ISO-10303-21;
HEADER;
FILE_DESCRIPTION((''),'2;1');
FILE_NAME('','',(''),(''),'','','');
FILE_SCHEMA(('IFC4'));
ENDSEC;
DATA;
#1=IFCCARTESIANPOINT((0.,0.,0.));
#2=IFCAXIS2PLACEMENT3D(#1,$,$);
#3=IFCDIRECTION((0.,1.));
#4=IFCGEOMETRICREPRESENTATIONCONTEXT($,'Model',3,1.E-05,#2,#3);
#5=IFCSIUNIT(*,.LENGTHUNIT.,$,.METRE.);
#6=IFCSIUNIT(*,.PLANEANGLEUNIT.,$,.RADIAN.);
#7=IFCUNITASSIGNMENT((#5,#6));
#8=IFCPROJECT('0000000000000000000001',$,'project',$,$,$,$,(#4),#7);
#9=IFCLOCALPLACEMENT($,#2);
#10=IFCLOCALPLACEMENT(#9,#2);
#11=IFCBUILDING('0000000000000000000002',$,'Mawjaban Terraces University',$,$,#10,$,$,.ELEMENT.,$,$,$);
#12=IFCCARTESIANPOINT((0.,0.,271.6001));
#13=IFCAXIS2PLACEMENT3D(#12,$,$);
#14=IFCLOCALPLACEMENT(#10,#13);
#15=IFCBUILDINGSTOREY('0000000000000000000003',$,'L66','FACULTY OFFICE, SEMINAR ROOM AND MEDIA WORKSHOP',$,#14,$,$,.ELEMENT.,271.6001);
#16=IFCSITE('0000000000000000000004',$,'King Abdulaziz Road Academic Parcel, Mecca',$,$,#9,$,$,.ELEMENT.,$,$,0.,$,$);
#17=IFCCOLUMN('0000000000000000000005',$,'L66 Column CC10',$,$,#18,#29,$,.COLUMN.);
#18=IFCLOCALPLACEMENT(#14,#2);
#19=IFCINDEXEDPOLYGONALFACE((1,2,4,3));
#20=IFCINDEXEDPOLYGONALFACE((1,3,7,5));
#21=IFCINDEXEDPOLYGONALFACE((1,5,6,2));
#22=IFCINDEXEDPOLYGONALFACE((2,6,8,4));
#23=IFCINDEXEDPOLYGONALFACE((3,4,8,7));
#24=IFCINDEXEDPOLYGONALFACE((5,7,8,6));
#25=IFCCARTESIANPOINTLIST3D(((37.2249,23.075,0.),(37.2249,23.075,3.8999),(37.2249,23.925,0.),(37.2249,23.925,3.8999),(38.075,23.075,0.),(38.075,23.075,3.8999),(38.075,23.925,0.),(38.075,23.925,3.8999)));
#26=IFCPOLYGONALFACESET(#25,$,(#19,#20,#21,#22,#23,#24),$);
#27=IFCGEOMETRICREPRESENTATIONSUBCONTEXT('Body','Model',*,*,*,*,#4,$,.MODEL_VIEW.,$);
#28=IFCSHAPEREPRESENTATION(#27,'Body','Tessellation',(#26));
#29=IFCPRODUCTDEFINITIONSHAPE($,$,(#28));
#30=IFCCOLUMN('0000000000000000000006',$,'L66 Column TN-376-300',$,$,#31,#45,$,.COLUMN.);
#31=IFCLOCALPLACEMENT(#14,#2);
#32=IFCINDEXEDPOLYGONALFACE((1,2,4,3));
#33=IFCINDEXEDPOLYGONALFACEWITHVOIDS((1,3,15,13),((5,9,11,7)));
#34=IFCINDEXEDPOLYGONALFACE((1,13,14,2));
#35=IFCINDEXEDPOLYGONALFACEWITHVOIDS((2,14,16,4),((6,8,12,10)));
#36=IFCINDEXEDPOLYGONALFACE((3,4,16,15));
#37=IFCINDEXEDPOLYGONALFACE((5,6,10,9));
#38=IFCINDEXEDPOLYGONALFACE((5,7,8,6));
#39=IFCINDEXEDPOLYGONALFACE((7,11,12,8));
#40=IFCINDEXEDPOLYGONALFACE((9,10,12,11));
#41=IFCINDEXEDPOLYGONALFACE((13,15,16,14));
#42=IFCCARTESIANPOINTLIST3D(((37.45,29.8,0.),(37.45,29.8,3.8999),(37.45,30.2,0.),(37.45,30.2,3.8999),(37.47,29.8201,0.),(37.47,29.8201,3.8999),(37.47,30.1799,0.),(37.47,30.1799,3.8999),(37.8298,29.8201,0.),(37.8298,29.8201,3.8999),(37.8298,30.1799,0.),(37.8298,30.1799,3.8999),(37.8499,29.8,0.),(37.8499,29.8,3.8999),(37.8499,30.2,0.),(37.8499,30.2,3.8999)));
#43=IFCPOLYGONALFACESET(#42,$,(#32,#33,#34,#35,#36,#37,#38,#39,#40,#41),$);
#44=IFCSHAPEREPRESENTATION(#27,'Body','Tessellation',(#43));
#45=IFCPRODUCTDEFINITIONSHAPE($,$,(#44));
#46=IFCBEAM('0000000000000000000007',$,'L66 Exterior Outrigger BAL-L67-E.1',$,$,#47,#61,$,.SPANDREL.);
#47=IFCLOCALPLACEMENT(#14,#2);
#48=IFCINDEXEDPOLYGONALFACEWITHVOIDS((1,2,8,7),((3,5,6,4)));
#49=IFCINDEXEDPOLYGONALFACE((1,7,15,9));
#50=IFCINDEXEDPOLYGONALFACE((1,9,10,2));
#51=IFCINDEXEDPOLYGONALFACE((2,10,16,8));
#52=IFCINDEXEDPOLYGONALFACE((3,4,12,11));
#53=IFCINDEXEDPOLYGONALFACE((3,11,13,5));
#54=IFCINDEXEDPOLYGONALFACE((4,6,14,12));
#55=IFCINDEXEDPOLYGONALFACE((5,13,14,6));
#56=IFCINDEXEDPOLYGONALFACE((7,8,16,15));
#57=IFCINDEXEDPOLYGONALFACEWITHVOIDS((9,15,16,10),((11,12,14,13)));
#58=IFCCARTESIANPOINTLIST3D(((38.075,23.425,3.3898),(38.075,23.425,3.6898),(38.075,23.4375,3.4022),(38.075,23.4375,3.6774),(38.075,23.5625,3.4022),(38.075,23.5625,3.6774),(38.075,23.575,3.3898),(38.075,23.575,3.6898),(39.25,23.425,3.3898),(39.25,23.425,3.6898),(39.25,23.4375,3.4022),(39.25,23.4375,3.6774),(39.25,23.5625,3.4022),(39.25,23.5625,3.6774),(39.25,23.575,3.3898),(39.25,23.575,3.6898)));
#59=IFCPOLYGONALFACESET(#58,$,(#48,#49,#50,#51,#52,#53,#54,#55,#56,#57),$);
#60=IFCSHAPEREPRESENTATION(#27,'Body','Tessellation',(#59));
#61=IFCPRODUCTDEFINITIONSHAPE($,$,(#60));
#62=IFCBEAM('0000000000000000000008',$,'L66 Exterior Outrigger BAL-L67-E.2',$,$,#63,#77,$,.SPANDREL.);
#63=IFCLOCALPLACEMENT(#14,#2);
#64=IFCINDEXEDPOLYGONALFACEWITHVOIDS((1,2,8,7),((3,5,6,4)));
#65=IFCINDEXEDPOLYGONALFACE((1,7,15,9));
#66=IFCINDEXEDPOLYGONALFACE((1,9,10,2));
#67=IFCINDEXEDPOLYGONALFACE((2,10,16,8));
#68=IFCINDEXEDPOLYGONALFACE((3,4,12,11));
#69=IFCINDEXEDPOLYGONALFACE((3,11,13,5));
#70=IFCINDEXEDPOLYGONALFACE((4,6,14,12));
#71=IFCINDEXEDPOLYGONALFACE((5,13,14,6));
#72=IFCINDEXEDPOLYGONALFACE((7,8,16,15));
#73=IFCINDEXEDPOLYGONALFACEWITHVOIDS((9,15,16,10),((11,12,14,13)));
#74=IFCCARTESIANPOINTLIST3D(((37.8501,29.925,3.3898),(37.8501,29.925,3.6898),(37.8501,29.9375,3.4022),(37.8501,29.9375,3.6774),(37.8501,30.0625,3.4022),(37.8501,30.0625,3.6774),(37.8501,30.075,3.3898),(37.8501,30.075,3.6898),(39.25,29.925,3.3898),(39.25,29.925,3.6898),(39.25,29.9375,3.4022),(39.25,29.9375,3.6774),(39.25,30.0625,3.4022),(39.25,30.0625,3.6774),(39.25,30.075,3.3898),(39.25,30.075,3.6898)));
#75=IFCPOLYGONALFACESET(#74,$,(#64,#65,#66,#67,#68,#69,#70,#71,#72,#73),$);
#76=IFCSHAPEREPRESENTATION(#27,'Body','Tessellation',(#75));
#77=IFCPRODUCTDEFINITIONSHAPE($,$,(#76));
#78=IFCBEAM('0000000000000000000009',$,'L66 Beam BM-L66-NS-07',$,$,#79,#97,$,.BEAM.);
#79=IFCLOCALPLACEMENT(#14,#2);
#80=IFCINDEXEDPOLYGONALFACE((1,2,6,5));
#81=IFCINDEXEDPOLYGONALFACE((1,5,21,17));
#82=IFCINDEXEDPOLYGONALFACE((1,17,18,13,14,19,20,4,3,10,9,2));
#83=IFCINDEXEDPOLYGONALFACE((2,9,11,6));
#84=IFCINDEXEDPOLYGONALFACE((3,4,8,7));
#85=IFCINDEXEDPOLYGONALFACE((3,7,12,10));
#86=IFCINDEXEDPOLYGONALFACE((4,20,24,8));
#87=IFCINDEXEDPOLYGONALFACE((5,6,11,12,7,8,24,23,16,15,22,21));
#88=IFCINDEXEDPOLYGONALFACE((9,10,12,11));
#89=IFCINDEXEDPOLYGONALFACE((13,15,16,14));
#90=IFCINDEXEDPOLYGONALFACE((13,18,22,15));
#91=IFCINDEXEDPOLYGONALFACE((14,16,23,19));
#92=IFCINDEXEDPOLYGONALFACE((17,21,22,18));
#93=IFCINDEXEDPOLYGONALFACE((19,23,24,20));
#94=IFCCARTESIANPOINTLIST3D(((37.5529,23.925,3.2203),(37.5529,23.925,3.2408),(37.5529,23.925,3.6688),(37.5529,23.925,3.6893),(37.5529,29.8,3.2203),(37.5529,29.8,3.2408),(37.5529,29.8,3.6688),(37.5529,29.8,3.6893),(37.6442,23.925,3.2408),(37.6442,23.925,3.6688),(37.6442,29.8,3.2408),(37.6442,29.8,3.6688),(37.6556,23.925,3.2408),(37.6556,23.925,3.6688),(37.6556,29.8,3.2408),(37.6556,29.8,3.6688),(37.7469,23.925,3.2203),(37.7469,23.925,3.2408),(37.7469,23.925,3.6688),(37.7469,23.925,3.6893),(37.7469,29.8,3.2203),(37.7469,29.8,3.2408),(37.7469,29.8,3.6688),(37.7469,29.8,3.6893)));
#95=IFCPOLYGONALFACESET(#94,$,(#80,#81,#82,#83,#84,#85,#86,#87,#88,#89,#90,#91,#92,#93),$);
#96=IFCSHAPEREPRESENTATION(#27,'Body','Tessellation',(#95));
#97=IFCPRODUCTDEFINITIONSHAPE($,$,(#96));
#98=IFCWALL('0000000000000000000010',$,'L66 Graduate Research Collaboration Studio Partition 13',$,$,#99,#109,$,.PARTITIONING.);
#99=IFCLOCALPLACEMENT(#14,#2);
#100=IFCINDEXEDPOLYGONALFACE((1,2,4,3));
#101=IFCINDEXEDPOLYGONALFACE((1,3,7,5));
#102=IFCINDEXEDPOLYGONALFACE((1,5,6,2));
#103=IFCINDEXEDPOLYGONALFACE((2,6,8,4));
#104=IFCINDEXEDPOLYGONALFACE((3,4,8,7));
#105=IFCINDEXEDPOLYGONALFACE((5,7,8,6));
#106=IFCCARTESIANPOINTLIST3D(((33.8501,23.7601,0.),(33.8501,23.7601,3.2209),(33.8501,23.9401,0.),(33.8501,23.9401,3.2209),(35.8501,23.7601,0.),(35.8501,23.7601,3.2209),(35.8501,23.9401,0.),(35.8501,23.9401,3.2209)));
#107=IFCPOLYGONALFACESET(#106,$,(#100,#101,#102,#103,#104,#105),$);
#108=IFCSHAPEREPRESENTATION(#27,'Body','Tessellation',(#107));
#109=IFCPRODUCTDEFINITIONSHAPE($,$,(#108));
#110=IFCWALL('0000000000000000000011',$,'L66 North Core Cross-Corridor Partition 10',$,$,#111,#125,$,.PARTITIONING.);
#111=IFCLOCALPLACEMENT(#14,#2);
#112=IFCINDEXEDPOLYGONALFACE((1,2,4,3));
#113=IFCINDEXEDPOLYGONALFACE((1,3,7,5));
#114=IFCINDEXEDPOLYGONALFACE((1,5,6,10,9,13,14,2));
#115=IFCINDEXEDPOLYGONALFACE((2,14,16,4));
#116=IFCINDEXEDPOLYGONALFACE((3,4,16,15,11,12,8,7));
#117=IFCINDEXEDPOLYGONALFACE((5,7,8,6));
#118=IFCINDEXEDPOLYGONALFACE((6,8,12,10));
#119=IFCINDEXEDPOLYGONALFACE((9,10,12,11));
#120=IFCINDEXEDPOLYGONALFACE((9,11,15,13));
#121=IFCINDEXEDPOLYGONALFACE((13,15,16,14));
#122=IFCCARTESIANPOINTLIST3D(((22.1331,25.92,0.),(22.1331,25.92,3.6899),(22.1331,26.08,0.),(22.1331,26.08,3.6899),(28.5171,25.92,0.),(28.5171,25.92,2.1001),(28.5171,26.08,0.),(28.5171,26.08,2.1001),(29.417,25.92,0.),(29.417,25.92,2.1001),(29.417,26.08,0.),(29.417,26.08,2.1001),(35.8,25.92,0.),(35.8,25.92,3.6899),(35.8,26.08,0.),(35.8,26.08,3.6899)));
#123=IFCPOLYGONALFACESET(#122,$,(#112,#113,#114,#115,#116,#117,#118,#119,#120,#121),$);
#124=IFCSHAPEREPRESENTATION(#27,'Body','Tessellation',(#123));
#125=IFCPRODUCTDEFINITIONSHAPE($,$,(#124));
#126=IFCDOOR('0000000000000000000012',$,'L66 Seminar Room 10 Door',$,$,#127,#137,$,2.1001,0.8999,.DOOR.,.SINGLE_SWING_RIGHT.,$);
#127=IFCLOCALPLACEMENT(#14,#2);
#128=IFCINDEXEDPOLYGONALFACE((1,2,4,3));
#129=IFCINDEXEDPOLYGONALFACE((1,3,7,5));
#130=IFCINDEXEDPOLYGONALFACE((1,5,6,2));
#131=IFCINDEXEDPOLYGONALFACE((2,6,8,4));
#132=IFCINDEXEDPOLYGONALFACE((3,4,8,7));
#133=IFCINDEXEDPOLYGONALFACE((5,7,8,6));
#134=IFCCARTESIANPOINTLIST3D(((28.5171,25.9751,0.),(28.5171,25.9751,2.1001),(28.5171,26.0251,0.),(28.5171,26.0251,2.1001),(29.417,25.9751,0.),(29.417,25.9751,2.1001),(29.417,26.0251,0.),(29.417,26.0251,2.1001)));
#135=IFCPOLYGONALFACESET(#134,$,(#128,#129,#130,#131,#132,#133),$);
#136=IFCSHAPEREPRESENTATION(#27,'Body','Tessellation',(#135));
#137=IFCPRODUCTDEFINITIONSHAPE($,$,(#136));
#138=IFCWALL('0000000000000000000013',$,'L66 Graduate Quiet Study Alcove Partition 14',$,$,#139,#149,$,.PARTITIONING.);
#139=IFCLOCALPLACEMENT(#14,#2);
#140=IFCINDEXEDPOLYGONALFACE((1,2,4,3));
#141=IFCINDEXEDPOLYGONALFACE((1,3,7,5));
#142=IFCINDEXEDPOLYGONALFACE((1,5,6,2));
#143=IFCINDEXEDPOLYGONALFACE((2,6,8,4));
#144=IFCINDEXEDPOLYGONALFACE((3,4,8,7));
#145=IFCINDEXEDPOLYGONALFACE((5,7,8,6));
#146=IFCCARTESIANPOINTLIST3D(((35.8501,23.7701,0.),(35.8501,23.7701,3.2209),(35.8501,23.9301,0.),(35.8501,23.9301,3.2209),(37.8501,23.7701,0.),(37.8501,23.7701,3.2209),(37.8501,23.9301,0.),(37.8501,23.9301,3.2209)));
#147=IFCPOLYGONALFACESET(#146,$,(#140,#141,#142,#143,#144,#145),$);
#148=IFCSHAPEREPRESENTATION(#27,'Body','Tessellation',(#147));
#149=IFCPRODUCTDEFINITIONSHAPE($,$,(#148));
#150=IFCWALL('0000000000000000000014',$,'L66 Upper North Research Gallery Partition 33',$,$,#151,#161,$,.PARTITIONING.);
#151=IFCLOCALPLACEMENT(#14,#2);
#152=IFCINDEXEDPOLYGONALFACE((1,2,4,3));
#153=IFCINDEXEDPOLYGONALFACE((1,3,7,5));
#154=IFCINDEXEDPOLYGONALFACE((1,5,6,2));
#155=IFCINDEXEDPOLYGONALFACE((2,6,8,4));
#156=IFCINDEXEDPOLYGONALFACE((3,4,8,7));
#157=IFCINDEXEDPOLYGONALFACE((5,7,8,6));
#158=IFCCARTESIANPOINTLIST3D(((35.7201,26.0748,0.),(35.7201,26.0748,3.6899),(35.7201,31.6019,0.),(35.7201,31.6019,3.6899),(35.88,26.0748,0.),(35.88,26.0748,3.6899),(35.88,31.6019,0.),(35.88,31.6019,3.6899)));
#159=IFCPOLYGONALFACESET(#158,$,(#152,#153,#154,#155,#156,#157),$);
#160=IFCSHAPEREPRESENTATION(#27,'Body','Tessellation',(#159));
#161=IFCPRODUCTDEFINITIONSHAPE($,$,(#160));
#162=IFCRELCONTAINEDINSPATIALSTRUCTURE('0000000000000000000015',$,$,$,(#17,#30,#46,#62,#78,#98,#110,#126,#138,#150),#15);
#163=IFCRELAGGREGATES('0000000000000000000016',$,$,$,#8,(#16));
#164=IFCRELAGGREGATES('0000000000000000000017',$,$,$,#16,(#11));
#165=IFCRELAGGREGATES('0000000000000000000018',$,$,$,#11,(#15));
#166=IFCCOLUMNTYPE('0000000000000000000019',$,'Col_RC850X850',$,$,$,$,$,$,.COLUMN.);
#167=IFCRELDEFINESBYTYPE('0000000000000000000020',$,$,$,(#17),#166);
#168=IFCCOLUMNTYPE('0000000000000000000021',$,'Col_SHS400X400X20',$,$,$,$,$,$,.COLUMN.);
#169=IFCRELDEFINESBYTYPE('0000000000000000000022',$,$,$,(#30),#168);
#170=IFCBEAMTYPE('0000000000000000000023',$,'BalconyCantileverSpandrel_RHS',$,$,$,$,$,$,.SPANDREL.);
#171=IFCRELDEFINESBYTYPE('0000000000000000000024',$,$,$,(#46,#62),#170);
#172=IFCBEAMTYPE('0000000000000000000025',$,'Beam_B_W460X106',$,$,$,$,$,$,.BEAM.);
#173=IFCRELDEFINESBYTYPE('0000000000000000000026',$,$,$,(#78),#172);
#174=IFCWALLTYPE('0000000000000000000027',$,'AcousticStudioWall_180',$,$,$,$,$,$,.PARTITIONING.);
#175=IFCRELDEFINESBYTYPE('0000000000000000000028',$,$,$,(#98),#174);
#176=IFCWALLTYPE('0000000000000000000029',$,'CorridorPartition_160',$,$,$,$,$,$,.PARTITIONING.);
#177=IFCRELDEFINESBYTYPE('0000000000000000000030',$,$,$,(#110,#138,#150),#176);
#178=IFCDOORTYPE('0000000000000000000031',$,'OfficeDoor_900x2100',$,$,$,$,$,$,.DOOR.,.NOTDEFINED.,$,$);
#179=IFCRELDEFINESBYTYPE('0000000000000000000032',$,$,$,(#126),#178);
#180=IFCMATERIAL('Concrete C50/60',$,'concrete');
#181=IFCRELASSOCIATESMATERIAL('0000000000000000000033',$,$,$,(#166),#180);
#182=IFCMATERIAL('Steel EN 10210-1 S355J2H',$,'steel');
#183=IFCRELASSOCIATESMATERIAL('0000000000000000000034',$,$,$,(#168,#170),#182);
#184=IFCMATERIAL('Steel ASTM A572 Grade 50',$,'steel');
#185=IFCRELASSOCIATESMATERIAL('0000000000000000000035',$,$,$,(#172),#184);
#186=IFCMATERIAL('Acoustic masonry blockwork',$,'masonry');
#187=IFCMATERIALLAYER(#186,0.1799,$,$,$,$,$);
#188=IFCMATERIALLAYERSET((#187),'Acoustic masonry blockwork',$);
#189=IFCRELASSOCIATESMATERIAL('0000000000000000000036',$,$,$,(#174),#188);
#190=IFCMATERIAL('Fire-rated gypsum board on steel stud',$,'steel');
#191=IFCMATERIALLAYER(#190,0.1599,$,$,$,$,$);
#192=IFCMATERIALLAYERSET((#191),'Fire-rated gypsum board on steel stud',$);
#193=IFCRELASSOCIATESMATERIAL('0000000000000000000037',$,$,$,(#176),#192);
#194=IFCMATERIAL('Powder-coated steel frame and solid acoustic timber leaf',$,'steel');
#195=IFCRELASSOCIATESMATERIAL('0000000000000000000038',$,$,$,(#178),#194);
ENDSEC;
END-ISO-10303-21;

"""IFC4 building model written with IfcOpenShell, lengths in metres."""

from ifc_helpers import new_model, si_unit, direction, frame, frame_2d, origin, origin_2d, place, context, subcontext, project, spatial, rectangle, hollow_rectangle, i_section, extrude, material, layer, layer_set, material_profile, profile_set, type_object, element, fill, save


model = new_model("IFC4")

# Units and contexts
model_context = context("Model", 3, precision=1e-05, world=origin(), true_north=direction((0.0, 1.0)))
body_context = subcontext(model_context, "Body", "Model", "MODEL_VIEW")
ifc_project = project(units=[si_unit("LENGTHUNIT", "METRE"), si_unit("PLANEANGLEUNIT", "RADIAN")], contexts=[model_context])

# Site, building, storey
site_placement = place(None, origin())
site = spatial("IfcSite", under=ifc_project, at=site_placement, Name="King Abdulaziz Road Academic Parcel, Mecca", CompositionType="ELEMENT", RefElevation=0.0)
building_placement = place(site_placement, origin())
building = spatial("IfcBuilding", under=site, at=building_placement, Name="Mawjaban Terraces University", CompositionType="ELEMENT")
storey_placement = place(building_placement, frame((0.0, 0.0, 271.6001)))
storey = spatial("IfcBuildingStorey", under=building, at=storey_placement, Name="L66", Description="FACULTY OFFICE, SEMINAR ROOM AND MEDIA WORKSHOP", CompositionType="ELEMENT", Elevation=271.6001)

# Columns
ifc_material_1 = material(Name="Concrete C50/60", Category="concrete")
ifc_material_profile_1 = material_profile(ifc_material_1, rectangle(XDim=0.8501, YDim=0.8501, at=origin_2d()), Name="RC850X850")
ifc_profile_set_1 = profile_set([ifc_material_profile_1], Name="Concrete C50/60")
column_type_1 = type_object("IfcColumnType", Name="Col_RC850X850", PredefinedType="COLUMN", material=ifc_profile_set_1)
column_1_placement = place(storey_placement, frame((37.6499, 23.5, 0.0), z_axis=(0.0, 0.0, 1.0), x_axis=(1.0, 0.0, 0.0)))
element("IfcColumn", 1, at=column_1_placement, inside=storey, type_object=column_type_1, Name="L66 Column CC10", PredefinedType="COLUMN", context=body_context, shape_type="SweptSolid", body=[
    extrude(rectangle(XDim=0.8501, YDim=0.8501, at=origin_2d()), origin(), (0.0, 0.0, 1.0), 3.8999),
])
ifc_material_2 = material(Name="Steel EN 10210-1 S355J2H", Category="steel")
ifc_material_profile_2 = material_profile(ifc_material_2, hollow_rectangle(XDim=0.3999, YDim=0.3999, WallThickness=0.02, at=origin_2d()), Name="SHS400X400X20")
ifc_profile_set_2 = profile_set([ifc_material_profile_2], Name="Steel EN 10210-1 S355J2H")
column_type_2 = type_object("IfcColumnType", Name="Col_SHS400X400X20", PredefinedType="COLUMN", material=ifc_profile_set_2)
column_2_placement = place(storey_placement, frame((37.6499, 30.0, 0.0), z_axis=(0.0, 0.0, 1.0), x_axis=(1.0, 0.0, 0.0)))
element("IfcColumn", 2, at=column_2_placement, inside=storey, type_object=column_type_2, Name="L66 Column TN-376-300", PredefinedType="COLUMN", context=body_context, shape_type="SweptSolid", body=[
    extrude(hollow_rectangle(XDim=0.3999, YDim=0.3999, WallThickness=0.02, at=origin_2d()), origin(), (0.0, 0.0, 1.0), 3.8999),
])

# Beams
ifc_material_profile_3 = material_profile(ifc_material_2, hollow_rectangle(XDim=0.1499, YDim=0.3, WallThickness=0.0125, at=origin_2d()), Name="RHS300X150X12.5")
ifc_profile_set_3 = profile_set([ifc_material_profile_3], Name="Steel EN 10210-1 S355J2H")
beam_type_1 = type_object("IfcBeamType", Name="BalconyCantileverSpandrel_RHS", PredefinedType="SPANDREL", material=ifc_profile_set_3)
beam_1_placement = place(storey_placement, frame((38.075, 23.5, 3.5398), z_axis=(1.0, 0.0, 0.0), x_axis=(0.0, 1.0, 0.0)))
element("IfcBeam", 3, at=beam_1_placement, inside=storey, type_object=beam_type_1, Name="L66 Exterior Outrigger BAL-L67-E.1", PredefinedType="SPANDREL", context=body_context, shape_type="SweptSolid", body=[
    extrude(hollow_rectangle(XDim=0.1499, YDim=0.3, WallThickness=0.0125, at=origin_2d()), origin(), (0.0, 0.0, 1.0), 1.175),
])
beam_2_placement = place(storey_placement, frame((37.8501, 30.0, 3.5398), z_axis=(1.0, 0.0, 0.0), x_axis=(0.0, 1.0, 0.0)))
element("IfcBeam", 4, at=beam_2_placement, inside=storey, type_object=beam_type_1, Name="L66 Exterior Outrigger BAL-L67-E.2", PredefinedType="SPANDREL", context=body_context, shape_type="SweptSolid", body=[
    extrude(hollow_rectangle(XDim=0.1499, YDim=0.3, WallThickness=0.0125, at=origin_2d()), origin(), (0.0, 0.0, 1.0), 1.3999),
])
ifc_material_3 = material(Name="Steel ASTM A572 Grade 50", Category="steel")
ifc_material_profile_4 = material_profile(ifc_material_3, i_section(OverallWidth=0.1941, OverallDepth=0.469, WebThickness=0.0115, FlangeThickness=0.0205, at=origin_2d()), Name="W460X106")
ifc_profile_set_4 = profile_set([ifc_material_profile_4], Name="Steel ASTM A572 Grade 50")
beam_type_2 = type_object("IfcBeamType", Name="Beam_B_W460X106", PredefinedType="BEAM", material=ifc_profile_set_4)
beam_3_placement = place(storey_placement, frame((37.6499, 23.925, 3.4548), z_axis=(0.0, 1.0, 0.0), x_axis=(-1.0, 0.0, 0.0)))
element("IfcBeam", 5, at=beam_3_placement, inside=storey, type_object=beam_type_2, Name="L66 Beam BM-L66-NS-07", PredefinedType="BEAM", context=body_context, shape_type="SweptSolid", body=[
    extrude(i_section(OverallWidth=0.1941, OverallDepth=0.469, WebThickness=0.0115, FlangeThickness=0.0205, at=origin_2d()), origin(), (0.0, 0.0, 1.0), 5.875),
])

# Wall
ifc_material_4 = material(Name="Acoustic masonry blockwork", Category="masonry")
ifc_layer_1 = layer(ifc_material_4, 0.1799)
ifc_layer_set_1 = layer_set([ifc_layer_1], Name="Acoustic masonry blockwork")
wall_type_1 = type_object("IfcWallType", Name="AcousticStudioWall_180", PredefinedType="PARTITIONING", material=ifc_layer_set_1)
wall_1_placement = place(storey_placement, frame((35.8501, 23.8501, 0.0), z_axis=(0.0, 0.0, 1.0), x_axis=(-1.0, 0.0, 0.0)))
element("IfcWall", 6, at=wall_1_placement, inside=storey, type_object=wall_type_1, Name="L66 Graduate Research Collaboration Studio Partition 13", PredefinedType="PARTITIONING", context=body_context, shape_type="SweptSolid", body=[
    extrude(rectangle(XDim=2.0, YDim=0.1799, at=frame_2d((1.0, 0.0))), origin(), (0.0, 0.0, 1.0), 3.2209),
])

# Wall, opening, door
ifc_material_5 = material(Name="Fire-rated gypsum board on steel stud", Category="steel")
ifc_layer_2 = layer(ifc_material_5, 0.1599)
ifc_layer_set_2 = layer_set([ifc_layer_2], Name="Fire-rated gypsum board on steel stud")
wall_type_2 = type_object("IfcWallType", Name="CorridorPartition_160", PredefinedType="PARTITIONING", material=ifc_layer_set_2)
wall_2_placement = place(storey_placement, frame((35.8, 26.0, 0.0), z_axis=(0.0, 0.0, 1.0), x_axis=(-1.0, 0.0, 0.0)))
wall_2 = element("IfcWall", 7, at=wall_2_placement, inside=storey, type_object=wall_type_2, Name="L66 North Core Cross-Corridor Partition 10", PredefinedType="PARTITIONING", context=body_context, shape_type="SweptSolid", body=[
    extrude(rectangle(XDim=13.667, YDim=0.1599, at=frame_2d((6.8335, 0.0))), origin(), (0.0, 0.0, 1.0), 3.6899),
])
opening_1_placement = place(wall_2_placement, frame((6.3831, 0.0, 0.0)))
opening_1 = element("IfcOpeningElement", 8, at=opening_1_placement, cuts=wall_2, PredefinedType="OPENING", context=body_context, shape_type="SweptSolid", body=[
    extrude(rectangle(XDim=0.8999, YDim=2.1001, at=frame_2d((0.45, 1.05))), frame((0.0, 0.0898, 0.0), z_axis=(0.0, -1.0, 0.0), x_axis=(1.0, 0.0, 0.0)), (0.0, 0.0, 1.0), 0.1799),
])
ifc_material_6 = material(Name="Powder-coated steel frame and solid acoustic timber leaf", Category="steel")
door_type_1 = type_object("IfcDoorType", Name="OfficeDoor_900x2100", OperationType="NOTDEFINED", PredefinedType="DOOR", material=ifc_material_6)
door_1_placement = place(opening_1_placement, origin())
door_1 = element("IfcDoor", 9, at=door_1_placement, inside=storey, type_object=door_type_1, Name="L66 Seminar Room 10 Door", OperationType="SINGLE_SWING_RIGHT", OverallHeight=2.1001, OverallWidth=0.8999, PredefinedType="DOOR", context=body_context, shape_type="SweptSolid", body=[
    extrude(rectangle(XDim=0.8999, YDim=2.1001, at=frame_2d((0.45, 1.05))), frame((0.0, 0.0249, 0.0), z_axis=(0.0, -1.0, 0.0), x_axis=(1.0, 0.0, 0.0)), (0.0, 0.0, 1.0), 0.05),
])
fill(opening_1, door_1)

# Walls
wall_3_placement = place(storey_placement, frame((37.8501, 23.8501, 0.0), z_axis=(0.0, 0.0, 1.0), x_axis=(-1.0, 0.0, 0.0)))
element("IfcWall", 10, at=wall_3_placement, inside=storey, type_object=wall_type_2, Name="L66 Graduate Quiet Study Alcove Partition 14", PredefinedType="PARTITIONING", context=body_context, shape_type="SweptSolid", body=[
    extrude(rectangle(XDim=2.0, YDim=0.1599, at=frame_2d((1.0, 0.0))), origin(), (0.0, 0.0, 1.0), 3.2209),
])
wall_4_placement = place(storey_placement, frame((35.8, 31.6021, 0.0), z_axis=(0.0, 0.0, 1.0), x_axis=(0.0, -1.0, 0.0)))
element("IfcWall", 11, at=wall_4_placement, inside=storey, type_object=wall_type_2, Name="L66 Upper North Research Gallery Partition 33", PredefinedType="PARTITIONING", context=body_context, shape_type="SweptSolid", body=[
    extrude(rectangle(XDim=5.5271, YDim=0.1599, at=frame_2d((2.7637, 0.0))), origin(), (0.0, 0.0, 1.0), 3.6899),
])

save(model, "model.ifc")
